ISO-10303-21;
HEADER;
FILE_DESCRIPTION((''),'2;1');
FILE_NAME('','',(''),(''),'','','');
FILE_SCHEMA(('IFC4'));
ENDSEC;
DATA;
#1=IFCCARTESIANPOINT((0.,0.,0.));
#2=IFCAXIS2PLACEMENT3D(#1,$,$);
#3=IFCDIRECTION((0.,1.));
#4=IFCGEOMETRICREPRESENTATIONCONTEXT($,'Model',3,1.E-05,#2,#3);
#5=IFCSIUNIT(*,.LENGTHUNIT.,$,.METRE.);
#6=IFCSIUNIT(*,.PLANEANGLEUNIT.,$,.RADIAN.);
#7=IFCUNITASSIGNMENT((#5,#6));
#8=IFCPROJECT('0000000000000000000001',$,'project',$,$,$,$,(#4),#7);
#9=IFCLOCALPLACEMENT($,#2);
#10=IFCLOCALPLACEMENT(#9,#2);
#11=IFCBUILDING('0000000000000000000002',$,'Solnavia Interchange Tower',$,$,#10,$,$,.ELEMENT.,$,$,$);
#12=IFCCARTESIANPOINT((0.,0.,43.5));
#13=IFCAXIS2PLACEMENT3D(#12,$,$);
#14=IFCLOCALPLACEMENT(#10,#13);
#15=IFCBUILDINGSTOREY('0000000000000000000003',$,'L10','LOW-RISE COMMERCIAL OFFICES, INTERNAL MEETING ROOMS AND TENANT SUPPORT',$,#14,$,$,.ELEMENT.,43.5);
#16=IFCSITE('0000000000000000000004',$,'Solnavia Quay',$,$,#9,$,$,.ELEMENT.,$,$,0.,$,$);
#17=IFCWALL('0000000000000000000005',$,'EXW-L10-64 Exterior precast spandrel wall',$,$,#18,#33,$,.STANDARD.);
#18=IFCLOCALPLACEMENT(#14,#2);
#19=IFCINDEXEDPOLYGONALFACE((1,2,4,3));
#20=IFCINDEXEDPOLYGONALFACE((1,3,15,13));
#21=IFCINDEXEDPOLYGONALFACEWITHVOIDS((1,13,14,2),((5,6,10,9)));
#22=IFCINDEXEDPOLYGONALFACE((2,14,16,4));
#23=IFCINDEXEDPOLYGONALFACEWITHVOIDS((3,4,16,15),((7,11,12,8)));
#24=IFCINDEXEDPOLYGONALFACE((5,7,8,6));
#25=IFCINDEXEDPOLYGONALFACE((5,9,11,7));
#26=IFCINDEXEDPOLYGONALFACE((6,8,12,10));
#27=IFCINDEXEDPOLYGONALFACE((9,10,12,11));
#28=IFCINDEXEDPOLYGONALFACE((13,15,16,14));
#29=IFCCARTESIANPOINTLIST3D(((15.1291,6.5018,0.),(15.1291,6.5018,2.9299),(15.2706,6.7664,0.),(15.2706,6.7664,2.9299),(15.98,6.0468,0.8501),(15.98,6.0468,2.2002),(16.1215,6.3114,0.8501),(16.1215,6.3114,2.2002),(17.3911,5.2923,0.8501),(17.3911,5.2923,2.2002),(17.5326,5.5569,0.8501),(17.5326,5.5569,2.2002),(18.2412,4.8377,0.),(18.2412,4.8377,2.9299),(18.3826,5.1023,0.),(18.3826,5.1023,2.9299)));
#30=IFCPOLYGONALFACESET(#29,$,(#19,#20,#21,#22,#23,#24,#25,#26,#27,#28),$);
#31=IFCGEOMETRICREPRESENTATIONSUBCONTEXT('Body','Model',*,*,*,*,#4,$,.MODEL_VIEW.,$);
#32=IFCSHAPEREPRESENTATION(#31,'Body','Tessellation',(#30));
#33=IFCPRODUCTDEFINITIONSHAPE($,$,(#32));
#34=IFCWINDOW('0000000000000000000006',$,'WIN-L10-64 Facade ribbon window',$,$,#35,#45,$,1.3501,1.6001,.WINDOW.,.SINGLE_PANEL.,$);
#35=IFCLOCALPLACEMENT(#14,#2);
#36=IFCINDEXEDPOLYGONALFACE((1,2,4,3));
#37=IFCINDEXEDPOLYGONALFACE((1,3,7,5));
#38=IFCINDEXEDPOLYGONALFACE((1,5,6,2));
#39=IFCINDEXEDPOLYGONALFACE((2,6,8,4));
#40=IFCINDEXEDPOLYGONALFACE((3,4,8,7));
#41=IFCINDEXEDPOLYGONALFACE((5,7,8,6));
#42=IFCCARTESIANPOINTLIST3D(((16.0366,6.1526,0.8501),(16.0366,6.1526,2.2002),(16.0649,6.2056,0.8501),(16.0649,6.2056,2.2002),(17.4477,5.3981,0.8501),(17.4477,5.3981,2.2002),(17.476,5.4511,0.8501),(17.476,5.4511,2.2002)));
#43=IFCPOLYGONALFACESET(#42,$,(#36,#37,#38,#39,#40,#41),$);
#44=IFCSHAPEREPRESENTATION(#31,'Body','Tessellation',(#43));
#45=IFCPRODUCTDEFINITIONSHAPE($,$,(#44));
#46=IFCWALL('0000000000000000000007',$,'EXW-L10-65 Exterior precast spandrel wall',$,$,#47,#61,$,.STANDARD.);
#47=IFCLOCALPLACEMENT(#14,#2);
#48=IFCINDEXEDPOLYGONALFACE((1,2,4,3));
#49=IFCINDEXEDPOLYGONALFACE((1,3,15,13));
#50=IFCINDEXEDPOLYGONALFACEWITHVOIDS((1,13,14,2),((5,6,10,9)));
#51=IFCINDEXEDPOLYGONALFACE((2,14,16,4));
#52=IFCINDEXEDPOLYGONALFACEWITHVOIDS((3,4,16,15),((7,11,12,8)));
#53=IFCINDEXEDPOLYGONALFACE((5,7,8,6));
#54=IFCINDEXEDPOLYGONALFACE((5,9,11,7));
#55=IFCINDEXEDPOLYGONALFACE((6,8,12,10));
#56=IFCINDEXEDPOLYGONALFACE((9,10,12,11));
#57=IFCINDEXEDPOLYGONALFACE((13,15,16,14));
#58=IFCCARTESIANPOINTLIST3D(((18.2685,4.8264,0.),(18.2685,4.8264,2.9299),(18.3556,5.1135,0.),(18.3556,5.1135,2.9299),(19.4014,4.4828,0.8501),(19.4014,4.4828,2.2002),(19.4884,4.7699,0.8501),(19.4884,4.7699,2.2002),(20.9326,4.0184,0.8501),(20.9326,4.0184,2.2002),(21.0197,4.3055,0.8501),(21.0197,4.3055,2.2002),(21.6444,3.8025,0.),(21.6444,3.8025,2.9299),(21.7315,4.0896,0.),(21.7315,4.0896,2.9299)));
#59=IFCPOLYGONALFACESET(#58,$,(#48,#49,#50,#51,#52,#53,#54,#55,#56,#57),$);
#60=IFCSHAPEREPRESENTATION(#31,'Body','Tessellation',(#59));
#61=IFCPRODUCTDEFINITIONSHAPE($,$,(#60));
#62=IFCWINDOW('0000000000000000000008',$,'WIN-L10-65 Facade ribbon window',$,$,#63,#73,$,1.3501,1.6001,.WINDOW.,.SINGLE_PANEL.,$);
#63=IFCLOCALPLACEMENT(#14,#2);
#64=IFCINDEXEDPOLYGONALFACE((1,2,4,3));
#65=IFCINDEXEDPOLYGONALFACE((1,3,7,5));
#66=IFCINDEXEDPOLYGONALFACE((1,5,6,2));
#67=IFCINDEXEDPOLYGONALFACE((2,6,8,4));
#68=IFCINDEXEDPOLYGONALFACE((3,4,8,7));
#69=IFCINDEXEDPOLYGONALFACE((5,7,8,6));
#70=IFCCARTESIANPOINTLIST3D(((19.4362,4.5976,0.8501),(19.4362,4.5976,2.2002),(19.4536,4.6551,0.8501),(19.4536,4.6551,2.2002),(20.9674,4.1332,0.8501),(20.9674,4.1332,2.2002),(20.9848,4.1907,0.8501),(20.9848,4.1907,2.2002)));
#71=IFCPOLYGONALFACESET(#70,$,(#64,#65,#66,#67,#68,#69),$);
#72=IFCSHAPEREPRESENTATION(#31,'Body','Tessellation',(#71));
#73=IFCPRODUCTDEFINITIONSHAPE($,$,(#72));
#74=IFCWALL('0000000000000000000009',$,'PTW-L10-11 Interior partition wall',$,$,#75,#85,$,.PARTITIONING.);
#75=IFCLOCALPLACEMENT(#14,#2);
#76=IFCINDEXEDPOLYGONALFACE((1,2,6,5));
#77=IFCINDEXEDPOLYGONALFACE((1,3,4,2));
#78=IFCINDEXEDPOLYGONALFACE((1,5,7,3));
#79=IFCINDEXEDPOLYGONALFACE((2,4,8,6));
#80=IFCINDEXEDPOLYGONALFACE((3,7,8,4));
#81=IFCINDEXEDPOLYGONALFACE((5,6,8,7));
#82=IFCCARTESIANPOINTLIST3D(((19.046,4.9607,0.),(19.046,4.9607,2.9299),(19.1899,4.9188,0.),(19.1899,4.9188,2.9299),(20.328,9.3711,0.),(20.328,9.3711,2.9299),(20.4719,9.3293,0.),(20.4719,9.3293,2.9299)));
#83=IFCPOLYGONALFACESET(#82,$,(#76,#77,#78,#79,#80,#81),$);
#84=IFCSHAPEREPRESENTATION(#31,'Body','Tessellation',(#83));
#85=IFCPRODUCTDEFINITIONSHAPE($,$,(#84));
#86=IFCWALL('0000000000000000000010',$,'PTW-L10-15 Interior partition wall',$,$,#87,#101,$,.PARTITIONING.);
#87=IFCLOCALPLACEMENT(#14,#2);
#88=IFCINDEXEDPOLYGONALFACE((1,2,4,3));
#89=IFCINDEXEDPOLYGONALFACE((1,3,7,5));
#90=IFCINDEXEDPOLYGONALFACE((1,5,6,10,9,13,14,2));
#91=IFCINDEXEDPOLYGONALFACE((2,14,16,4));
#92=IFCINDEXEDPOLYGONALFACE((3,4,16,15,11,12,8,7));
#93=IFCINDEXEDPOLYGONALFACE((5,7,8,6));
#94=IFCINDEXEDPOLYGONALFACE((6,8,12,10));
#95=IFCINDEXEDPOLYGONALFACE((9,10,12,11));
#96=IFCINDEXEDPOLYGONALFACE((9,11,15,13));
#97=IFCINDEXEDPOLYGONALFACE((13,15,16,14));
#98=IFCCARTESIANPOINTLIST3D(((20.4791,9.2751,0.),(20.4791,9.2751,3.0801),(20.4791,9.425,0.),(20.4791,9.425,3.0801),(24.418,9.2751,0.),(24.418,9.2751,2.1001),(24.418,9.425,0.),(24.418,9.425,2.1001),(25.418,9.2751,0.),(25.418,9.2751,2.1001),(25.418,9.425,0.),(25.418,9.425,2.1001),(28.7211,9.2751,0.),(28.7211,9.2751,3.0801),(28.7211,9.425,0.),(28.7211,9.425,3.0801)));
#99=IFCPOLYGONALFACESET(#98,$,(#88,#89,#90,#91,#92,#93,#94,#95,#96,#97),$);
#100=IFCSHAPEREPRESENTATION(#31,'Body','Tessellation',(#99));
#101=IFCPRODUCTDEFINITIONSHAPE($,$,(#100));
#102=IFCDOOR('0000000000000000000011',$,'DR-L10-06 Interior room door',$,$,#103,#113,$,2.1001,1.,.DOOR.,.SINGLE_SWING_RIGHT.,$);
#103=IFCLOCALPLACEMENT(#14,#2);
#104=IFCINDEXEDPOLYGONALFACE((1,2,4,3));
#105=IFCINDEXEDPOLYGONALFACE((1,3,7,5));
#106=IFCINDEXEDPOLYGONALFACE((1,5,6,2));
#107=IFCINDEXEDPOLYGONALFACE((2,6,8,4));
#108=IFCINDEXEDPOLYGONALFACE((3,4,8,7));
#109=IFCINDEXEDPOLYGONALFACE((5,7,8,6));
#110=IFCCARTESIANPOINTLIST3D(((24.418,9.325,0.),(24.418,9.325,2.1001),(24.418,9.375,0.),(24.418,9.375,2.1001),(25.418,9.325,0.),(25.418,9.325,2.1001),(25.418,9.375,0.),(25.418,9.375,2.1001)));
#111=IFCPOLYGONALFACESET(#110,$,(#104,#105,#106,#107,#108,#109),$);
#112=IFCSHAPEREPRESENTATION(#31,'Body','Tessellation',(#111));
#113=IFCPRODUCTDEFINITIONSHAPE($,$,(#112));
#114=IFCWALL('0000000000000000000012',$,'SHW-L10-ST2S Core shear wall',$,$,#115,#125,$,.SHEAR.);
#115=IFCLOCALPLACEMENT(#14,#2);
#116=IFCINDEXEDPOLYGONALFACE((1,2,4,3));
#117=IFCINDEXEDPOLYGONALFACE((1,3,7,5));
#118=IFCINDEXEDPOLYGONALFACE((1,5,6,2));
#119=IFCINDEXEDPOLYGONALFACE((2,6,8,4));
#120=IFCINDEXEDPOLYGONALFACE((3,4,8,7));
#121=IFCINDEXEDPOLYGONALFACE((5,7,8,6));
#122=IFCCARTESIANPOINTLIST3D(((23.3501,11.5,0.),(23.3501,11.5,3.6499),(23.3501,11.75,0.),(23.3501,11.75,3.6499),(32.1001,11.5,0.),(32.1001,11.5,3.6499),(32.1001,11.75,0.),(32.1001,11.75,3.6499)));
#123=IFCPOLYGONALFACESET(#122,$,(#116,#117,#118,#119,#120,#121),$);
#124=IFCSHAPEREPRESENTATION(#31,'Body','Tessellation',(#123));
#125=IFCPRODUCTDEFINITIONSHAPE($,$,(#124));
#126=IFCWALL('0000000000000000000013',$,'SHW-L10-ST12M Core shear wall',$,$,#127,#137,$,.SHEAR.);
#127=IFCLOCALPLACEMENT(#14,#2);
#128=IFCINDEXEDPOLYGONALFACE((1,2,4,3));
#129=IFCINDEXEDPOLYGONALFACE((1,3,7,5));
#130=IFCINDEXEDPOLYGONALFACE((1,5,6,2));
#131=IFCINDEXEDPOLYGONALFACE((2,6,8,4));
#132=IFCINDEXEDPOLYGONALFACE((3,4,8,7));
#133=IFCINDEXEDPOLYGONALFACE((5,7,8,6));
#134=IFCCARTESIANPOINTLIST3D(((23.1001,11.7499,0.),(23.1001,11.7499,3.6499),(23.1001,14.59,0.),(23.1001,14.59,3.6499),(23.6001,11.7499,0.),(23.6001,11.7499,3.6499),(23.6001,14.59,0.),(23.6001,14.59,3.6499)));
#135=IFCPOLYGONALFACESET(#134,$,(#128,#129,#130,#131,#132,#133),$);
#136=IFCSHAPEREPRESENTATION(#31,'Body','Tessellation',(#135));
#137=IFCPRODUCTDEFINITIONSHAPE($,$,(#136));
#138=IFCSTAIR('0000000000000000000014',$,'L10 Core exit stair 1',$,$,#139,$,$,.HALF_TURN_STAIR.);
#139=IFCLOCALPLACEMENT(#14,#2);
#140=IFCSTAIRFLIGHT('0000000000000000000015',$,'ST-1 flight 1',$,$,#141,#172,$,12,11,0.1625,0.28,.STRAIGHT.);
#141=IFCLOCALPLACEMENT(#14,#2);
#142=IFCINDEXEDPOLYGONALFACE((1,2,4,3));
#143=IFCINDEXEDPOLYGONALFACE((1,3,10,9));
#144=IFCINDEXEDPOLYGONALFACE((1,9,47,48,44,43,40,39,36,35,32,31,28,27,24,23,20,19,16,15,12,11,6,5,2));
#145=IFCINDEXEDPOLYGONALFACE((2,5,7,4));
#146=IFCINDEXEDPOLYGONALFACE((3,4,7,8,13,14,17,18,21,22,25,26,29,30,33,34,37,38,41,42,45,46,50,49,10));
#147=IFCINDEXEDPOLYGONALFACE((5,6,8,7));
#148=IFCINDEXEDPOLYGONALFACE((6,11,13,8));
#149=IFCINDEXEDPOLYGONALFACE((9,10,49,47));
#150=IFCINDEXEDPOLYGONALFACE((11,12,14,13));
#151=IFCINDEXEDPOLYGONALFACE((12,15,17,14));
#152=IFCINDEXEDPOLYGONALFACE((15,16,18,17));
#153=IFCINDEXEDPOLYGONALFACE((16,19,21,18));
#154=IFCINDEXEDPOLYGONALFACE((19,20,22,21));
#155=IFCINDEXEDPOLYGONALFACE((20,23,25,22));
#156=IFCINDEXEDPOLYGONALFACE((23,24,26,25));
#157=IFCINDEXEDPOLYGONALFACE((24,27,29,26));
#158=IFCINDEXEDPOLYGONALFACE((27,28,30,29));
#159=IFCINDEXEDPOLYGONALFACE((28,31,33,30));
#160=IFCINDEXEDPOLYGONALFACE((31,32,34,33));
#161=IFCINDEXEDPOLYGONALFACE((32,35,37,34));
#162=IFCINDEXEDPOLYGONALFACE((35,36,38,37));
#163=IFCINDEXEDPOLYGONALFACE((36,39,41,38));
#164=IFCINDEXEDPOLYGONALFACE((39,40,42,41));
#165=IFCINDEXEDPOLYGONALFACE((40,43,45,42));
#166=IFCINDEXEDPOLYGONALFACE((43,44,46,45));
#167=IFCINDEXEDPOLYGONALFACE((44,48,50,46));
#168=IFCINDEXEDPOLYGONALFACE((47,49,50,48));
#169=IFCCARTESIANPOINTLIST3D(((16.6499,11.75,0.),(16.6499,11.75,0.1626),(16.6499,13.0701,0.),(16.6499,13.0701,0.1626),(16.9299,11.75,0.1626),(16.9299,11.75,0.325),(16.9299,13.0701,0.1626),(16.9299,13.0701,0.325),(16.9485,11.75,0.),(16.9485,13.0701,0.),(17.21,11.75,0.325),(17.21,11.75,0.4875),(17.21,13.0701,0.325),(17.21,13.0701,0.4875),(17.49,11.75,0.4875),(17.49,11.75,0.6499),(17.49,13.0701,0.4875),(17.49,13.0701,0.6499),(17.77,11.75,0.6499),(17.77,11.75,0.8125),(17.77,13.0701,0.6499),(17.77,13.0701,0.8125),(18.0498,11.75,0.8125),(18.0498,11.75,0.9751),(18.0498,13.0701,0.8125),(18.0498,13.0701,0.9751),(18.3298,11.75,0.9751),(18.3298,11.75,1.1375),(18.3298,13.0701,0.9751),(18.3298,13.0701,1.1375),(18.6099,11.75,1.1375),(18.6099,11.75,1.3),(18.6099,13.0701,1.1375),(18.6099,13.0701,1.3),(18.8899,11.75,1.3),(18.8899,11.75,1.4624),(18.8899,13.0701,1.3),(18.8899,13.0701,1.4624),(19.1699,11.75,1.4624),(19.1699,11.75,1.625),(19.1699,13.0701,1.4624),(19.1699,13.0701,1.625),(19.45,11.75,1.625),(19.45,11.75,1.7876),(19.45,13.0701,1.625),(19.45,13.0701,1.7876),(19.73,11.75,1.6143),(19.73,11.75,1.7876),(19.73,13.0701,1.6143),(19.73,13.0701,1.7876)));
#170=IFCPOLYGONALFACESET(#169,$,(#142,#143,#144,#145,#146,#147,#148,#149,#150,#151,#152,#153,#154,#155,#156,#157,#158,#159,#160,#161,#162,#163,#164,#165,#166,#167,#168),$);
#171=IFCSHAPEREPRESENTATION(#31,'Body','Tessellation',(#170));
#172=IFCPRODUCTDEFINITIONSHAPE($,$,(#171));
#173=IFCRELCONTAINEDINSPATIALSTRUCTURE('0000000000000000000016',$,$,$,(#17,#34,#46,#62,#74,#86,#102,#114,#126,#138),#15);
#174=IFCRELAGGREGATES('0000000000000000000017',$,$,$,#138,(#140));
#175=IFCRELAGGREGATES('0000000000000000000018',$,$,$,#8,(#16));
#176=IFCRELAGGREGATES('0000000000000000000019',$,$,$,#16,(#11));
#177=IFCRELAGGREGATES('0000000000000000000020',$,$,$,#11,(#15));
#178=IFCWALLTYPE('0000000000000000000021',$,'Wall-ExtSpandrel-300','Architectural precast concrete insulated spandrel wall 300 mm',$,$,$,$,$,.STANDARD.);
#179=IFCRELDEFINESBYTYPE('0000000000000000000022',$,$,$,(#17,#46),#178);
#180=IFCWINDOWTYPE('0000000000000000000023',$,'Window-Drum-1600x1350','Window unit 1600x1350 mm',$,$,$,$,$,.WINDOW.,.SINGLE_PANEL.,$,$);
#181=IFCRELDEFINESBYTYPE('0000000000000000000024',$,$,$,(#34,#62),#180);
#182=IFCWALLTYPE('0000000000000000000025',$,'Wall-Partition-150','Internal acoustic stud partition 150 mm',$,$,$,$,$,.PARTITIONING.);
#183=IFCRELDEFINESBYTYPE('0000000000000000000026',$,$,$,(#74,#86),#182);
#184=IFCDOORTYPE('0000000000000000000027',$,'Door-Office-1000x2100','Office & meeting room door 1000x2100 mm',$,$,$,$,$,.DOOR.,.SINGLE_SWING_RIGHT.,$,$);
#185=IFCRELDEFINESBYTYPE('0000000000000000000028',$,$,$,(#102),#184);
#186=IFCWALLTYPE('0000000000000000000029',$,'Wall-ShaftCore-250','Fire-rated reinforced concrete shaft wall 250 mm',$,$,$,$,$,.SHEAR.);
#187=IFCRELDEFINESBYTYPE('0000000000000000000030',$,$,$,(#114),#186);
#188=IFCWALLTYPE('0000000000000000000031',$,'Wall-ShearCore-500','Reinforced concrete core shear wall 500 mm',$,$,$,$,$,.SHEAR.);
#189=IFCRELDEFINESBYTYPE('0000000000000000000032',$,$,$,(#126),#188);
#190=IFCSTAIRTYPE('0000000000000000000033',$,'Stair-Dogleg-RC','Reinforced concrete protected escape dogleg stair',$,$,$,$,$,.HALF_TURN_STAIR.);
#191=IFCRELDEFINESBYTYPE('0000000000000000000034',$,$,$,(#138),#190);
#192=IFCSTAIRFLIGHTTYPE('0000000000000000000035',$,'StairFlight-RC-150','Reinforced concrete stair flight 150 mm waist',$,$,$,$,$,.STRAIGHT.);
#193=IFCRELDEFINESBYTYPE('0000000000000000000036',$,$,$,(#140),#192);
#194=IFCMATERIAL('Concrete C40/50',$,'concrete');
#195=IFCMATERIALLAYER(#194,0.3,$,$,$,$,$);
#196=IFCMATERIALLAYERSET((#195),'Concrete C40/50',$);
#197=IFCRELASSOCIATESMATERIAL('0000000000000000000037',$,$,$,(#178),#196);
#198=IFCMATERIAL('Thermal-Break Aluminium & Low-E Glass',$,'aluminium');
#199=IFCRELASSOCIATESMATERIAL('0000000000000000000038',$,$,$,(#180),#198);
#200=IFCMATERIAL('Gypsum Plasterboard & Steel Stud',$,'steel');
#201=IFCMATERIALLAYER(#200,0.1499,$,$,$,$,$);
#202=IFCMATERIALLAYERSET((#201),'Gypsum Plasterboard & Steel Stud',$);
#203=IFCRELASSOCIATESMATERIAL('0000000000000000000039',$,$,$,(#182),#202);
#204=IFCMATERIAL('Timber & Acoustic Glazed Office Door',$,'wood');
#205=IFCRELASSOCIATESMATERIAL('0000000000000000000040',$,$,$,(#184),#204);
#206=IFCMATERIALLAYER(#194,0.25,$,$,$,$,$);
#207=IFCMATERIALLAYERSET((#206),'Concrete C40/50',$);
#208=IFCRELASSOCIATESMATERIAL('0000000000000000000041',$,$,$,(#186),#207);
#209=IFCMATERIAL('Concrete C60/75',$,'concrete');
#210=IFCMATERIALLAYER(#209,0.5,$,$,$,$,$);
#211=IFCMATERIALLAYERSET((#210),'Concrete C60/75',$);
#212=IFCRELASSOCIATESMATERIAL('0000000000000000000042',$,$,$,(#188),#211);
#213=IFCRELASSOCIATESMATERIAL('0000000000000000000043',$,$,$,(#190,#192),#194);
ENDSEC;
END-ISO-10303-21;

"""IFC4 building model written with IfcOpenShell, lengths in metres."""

from ifc_helpers import new_model, si_unit, direction, frame, frame_2d, origin, place, context, subcontext, project, spatial, polyline, rectangle, outline, extrude, material, layer, layer_set, type_object, element, fill, aggregate, save


model = new_model("IFC4")

# Units and contexts
model_context = context("Model", 3, precision=1e-05, world=origin(), true_north=direction((0.0, 1.0)))
body_context = subcontext(model_context, "Body", "Model", "MODEL_VIEW")
ifc_project = project(units=[si_unit("LENGTHUNIT", "METRE"), si_unit("PLANEANGLEUNIT", "RADIAN")], contexts=[model_context])

# Site, building, storey
site_placement = place(None, origin())
site = spatial("IfcSite", under=ifc_project, at=site_placement, Name="Solnavia Quay", CompositionType="ELEMENT", RefElevation=0.0)
building_placement = place(site_placement, origin())
building = spatial("IfcBuilding", under=site, at=building_placement, Name="Solnavia Interchange Tower", CompositionType="ELEMENT")
storey_placement = place(building_placement, frame((0.0, 0.0, 43.5)))
storey = spatial("IfcBuildingStorey", under=building, at=storey_placement, Name="L10", Description="LOW-RISE COMMERCIAL OFFICES, INTERNAL MEETING ROOMS AND TENANT SUPPORT", CompositionType="ELEMENT", Elevation=43.5)

# Shared definitions
ifc_material_1 = material(Name="Concrete C60/75", Category="concrete")

# Walls, openings, windows
ifc_material_2 = material(Name="Concrete C40/50", Category="concrete")
ifc_layer_1 = layer(ifc_material_2, 0.3)
ifc_layer_set_1 = layer_set([ifc_layer_1], Name="Concrete C40/50")
wall_type_1 = type_object("IfcWallType", Name="Wall-ExtSpandrel-300", Description="Architectural precast concrete insulated spandrel wall 300 mm", PredefinedType="STANDARD", material=ifc_layer_set_1)
wall_1_placement = place(storey_placement, frame((18.312, 4.97, 0.0), z_axis=(0.0, 0.0, 1.0), x_axis=(-0.881847, 0.471536, 0.0)))
wall_1 = element("IfcWall", 1, at=wall_1_placement, inside=storey, type_object=wall_type_1, Name="EXW-L10-64 Exterior precast spandrel wall", PredefinedType="STANDARD", context=body_context, shape_type="SweptSolid", body=[
    extrude(rectangle(XDim=3.5291, YDim=0.3, at=frame_2d((1.7646, 0.0))), origin(), (0.0, 0.0, 1.0), 2.9299),
])
opening_1_placement = place(wall_1_placement, frame((0.9641, 0.0, 0.8501)))
opening_1 = element("IfcOpeningElement", 2, at=opening_1_placement, cuts=wall_1, PredefinedType="OPENING", context=body_context, shape_type="SweptSolid", body=[
    extrude(rectangle(XDim=1.6001, YDim=1.3501, at=frame_2d((0.8, 0.675))), frame((0.0, 0.1602, 0.0), z_axis=(0.0, -1.0, 0.0), x_axis=(1.0, 0.0, 0.0)), (0.0, 0.0, 1.0), 0.3201),
])
ifc_material_3 = material(Name="Thermal-Break Aluminium & Low-E Glass", Category="aluminium")
window_type = type_object("IfcWindowType", Name="Window-Drum-1600x1350", Description="Window unit 1600x1350 mm", PartitioningType="SINGLE_PANEL", PredefinedType="WINDOW", material=ifc_material_3)
window_1_placement = place(opening_1_placement, origin())
window_1 = element("IfcWindow", 3, at=window_1_placement, inside=storey, type_object=window_type, Name="WIN-L10-64 Facade ribbon window", OverallHeight=1.3501, OverallWidth=1.6001, PartitioningType="SINGLE_PANEL", PredefinedType="WINDOW", context=body_context, shape_type="SweptSolid", body=[
    extrude(rectangle(XDim=1.6001, YDim=1.3501, at=frame_2d((0.8, 0.675))), frame((0.0, 0.03, 0.0), z_axis=(0.0, -1.0, 0.0), x_axis=(1.0, 0.0, 0.0)), (0.0, 0.0, 1.0), 0.0601),
])
fill(opening_1, window_1)
wall_2_placement = place(storey_placement, frame((21.688, 3.946, 0.0), z_axis=(0.0, 0.0, 1.0), x_axis=(-0.956953, 0.290242, 0.0)))
wall_2 = element("IfcWall", 4, at=wall_2_placement, inside=storey, type_object=wall_type_1, Name="EXW-L10-65 Exterior precast spandrel wall", PredefinedType="STANDARD", context=body_context, shape_type="SweptSolid", body=[
    extrude(rectangle(XDim=3.5278, YDim=0.3, at=frame_2d((1.7639, 0.0))), origin(), (0.0, 0.0, 1.0), 2.9299),
])
opening_2_placement = place(wall_2_placement, frame((0.7439, 0.0, 0.8501)))
opening_2 = element("IfcOpeningElement", 5, at=opening_2_placement, cuts=wall_2, PredefinedType="OPENING", context=body_context, shape_type="SweptSolid", body=[
    extrude(rectangle(XDim=1.6001, YDim=1.3501, at=frame_2d((0.8, 0.675))), frame((0.0, 0.1602, 0.0), z_axis=(0.0, -1.0, 0.0), x_axis=(1.0, 0.0, 0.0)), (0.0, 0.0, 1.0), 0.3201),
])
window_2_placement = place(opening_2_placement, origin())
window_2 = element("IfcWindow", 6, at=window_2_placement, inside=storey, type_object=window_type, Name="WIN-L10-65 Facade ribbon window", OverallHeight=1.3501, OverallWidth=1.6001, PartitioningType="SINGLE_PANEL", PredefinedType="WINDOW", context=body_context, shape_type="SweptSolid", body=[
    extrude(rectangle(XDim=1.6001, YDim=1.3501, at=frame_2d((0.8, 0.675))), frame((0.0, 0.03, 0.0), z_axis=(0.0, -1.0, 0.0), x_axis=(1.0, 0.0, 0.0)), (0.0, 0.0, 1.0), 0.0601),
])
fill(opening_2, window_2)

# Wall
ifc_material_4 = material(Name="Gypsum Plasterboard & Steel Stud", Category="steel")
ifc_layer_2 = layer(ifc_material_4, 0.1499)
ifc_layer_set_2 = layer_set([ifc_layer_2], Name="Gypsum Plasterboard & Steel Stud")
wall_type_2 = type_object("IfcWallType", Name="Wall-Partition-150", Description="Internal acoustic stud partition 150 mm", PredefinedType="PARTITIONING", material=ifc_layer_set_2)
wall_3_placement = place(storey_placement, frame((20.3999, 9.3501, 0.0), z_axis=(0.0, 0.0, 1.0), x_axis=(-0.27912, -0.960256, 0.0)))
element("IfcWall", 7, at=wall_3_placement, inside=storey, type_object=wall_type_2, Name="PTW-L10-11 Interior partition wall", PredefinedType="PARTITIONING", context=body_context, shape_type="SweptSolid", body=[
    extrude(rectangle(XDim=4.593, YDim=0.1499, at=frame_2d((2.2964, 0.0))), origin(), (0.0, 0.0, 1.0), 2.9299),
])

# Wall, opening, door
wall_4_placement = place(storey_placement, frame((20.479, 9.3501, 0.0), z_axis=(0.0, 0.0, 1.0), x_axis=(1.0, 0.0, 0.0)))
wall_4 = element("IfcWall", 8, at=wall_4_placement, inside=storey, type_object=wall_type_2, Name="PTW-L10-15 Interior partition wall", PredefinedType="PARTITIONING", context=body_context, shape_type="SweptSolid", body=[
    extrude(rectangle(XDim=8.2419, YDim=0.1499, at=frame_2d((4.1211, 0.0))), origin(), (0.0, 0.0, 1.0), 3.0801),
])
opening_3_placement = place(wall_4_placement, frame((3.939, 0.0, 0.0)))
opening_3 = element("IfcOpeningElement", 9, at=opening_3_placement, cuts=wall_4, PredefinedType="OPENING", context=body_context, shape_type="SweptSolid", body=[
    extrude(rectangle(XDim=1.0, YDim=2.1001, at=frame_2d((0.5, 1.05))), frame((0.0, 0.085, 0.0), z_axis=(0.0, -1.0, 0.0), x_axis=(1.0, 0.0, 0.0)), (0.0, 0.0, 1.0), 0.1699),
])
ifc_material_5 = material(Name="Timber & Acoustic Glazed Office Door", Category="wood")
door_type = type_object("IfcDoorType", Name="Door-Office-1000x2100", Description="Office & meeting room door 1000x2100 mm", OperationType="SINGLE_SWING_RIGHT", PredefinedType="DOOR", material=ifc_material_5)
door_placement = place(opening_3_placement, origin())
door = element("IfcDoor", 10, at=door_placement, inside=storey, type_object=door_type, Name="DR-L10-06 Interior room door", OperationType="SINGLE_SWING_RIGHT", OverallHeight=2.1001, OverallWidth=1.0, PredefinedType="DOOR", context=body_context, shape_type="SweptSolid", body=[
    extrude(rectangle(XDim=1.0, YDim=2.1001, at=frame_2d((0.5, 1.05))), frame((0.0, 0.0249, 0.0), z_axis=(0.0, -1.0, 0.0), x_axis=(1.0, 0.0, 0.0)), (0.0, 0.0, 1.0), 0.05),
])
fill(opening_3, door)

# Walls
ifc_layer_3 = layer(ifc_material_2, 0.25)
ifc_layer_set_3 = layer_set([ifc_layer_3], Name="Concrete C40/50")
wall_type_3 = type_object("IfcWallType", Name="Wall-ShaftCore-250", Description="Fire-rated reinforced concrete shaft wall 250 mm", PredefinedType="SHEAR", material=ifc_layer_set_3)
wall_5_placement = place(storey_placement, frame((23.3501, 11.625, 0.0), z_axis=(0.0, 0.0, 1.0), x_axis=(1.0, 0.0, 0.0)))
element("IfcWall", 11, at=wall_5_placement, inside=storey, type_object=wall_type_3, Name="SHW-L10-ST2S Core shear wall", PredefinedType="SHEAR", context=body_context, shape_type="SweptSolid", body=[
    extrude(rectangle(XDim=8.75, YDim=0.25, at=frame_2d((4.375, 0.0))), origin(), (0.0, 0.0, 1.0), 3.6499),
])
ifc_layer_4 = layer(ifc_material_1, 0.5)
ifc_layer_set_4 = layer_set([ifc_layer_4], Name="Concrete C60/75")
wall_type_4 = type_object("IfcWallType", Name="Wall-ShearCore-500", Description="Reinforced concrete core shear wall 500 mm", PredefinedType="SHEAR", material=ifc_layer_set_4)
wall_6_placement = place(storey_placement, frame((23.3501, 11.75, 0.0), z_axis=(0.0, 0.0, 1.0), x_axis=(0.0, 1.0, 0.0)))
element("IfcWall", 12, at=wall_6_placement, inside=storey, type_object=wall_type_4, Name="SHW-L10-ST12M Core shear wall", PredefinedType="SHEAR", context=body_context, shape_type="SweptSolid", body=[
    extrude(rectangle(XDim=2.8401, YDim=0.5, at=frame_2d((1.4199, 0.0))), origin(), (0.0, 0.0, 1.0), 3.6499),
])

# Stair, stair flight
stair_type = type_object("IfcStairType", Name="Stair-Dogleg-RC", Description="Reinforced concrete protected escape dogleg stair", PredefinedType="HALF_TURN_STAIR", material=ifc_material_2)
stair_placement = place(storey_placement, origin())
stair = element("IfcStair", 13, at=stair_placement, inside=storey, type_object=stair_type, Name="L10 Core exit stair 1", PredefinedType="HALF_TURN_STAIR")
stair_flight_type = type_object("IfcStairFlightType", Name="StairFlight-RC-150", Description="Reinforced concrete stair flight 150 mm waist", PredefinedType="STRAIGHT", material=ifc_material_2)
stair_flight_placement = place(storey_placement, frame((16.6499, 12.4099, 0.0), z_axis=(0.0, 0.0, 1.0), x_axis=(1.0, 0.0, 0.0)))
stair_flight = element("IfcStairFlight", 14, at=stair_flight_placement, type_object=stair_flight_type, Name="ST-1 flight 1", NumberOfRisers=12, NumberOfTreads=11, PredefinedType="STRAIGHT", RiserHeight=0.1625, TreadLength=0.28, context=body_context, shape_type="SweptSolid", body=[
    extrude(outline(polyline([(0.0, 0.0), (0.0, 0.1626), (0.28, 0.1626), (0.28, 0.325), (0.5601, 0.325), (0.5601, 0.4875), (0.8401, 0.4875), (0.8401, 0.6499), (1.1201, 0.6499), (1.1201, 0.8125), (1.3999, 0.8125), (1.3999, 0.9751), (1.6799, 0.9751), (1.6799, 1.1375), (1.96, 1.1375), (1.96, 1.3), (2.24, 1.3), (2.24, 1.4624), (2.52, 1.4624), (2.52, 1.625), (2.8, 1.625), (2.8, 1.7876), (3.0801, 1.7876), (3.0801, 1.95), (3.0801, 1.6143), (0.2986, 0.0), (0.0, 0.0)])), frame((0.0, 0.6602, 0.0), z_axis=(0.0, -1.0, 0.0), x_axis=(1.0, 0.0, 0.0)), (0.0, 0.0, 1.0), 1.3201),
])
aggregate(stair, [stair_flight])

save(model, "model.ifc")
